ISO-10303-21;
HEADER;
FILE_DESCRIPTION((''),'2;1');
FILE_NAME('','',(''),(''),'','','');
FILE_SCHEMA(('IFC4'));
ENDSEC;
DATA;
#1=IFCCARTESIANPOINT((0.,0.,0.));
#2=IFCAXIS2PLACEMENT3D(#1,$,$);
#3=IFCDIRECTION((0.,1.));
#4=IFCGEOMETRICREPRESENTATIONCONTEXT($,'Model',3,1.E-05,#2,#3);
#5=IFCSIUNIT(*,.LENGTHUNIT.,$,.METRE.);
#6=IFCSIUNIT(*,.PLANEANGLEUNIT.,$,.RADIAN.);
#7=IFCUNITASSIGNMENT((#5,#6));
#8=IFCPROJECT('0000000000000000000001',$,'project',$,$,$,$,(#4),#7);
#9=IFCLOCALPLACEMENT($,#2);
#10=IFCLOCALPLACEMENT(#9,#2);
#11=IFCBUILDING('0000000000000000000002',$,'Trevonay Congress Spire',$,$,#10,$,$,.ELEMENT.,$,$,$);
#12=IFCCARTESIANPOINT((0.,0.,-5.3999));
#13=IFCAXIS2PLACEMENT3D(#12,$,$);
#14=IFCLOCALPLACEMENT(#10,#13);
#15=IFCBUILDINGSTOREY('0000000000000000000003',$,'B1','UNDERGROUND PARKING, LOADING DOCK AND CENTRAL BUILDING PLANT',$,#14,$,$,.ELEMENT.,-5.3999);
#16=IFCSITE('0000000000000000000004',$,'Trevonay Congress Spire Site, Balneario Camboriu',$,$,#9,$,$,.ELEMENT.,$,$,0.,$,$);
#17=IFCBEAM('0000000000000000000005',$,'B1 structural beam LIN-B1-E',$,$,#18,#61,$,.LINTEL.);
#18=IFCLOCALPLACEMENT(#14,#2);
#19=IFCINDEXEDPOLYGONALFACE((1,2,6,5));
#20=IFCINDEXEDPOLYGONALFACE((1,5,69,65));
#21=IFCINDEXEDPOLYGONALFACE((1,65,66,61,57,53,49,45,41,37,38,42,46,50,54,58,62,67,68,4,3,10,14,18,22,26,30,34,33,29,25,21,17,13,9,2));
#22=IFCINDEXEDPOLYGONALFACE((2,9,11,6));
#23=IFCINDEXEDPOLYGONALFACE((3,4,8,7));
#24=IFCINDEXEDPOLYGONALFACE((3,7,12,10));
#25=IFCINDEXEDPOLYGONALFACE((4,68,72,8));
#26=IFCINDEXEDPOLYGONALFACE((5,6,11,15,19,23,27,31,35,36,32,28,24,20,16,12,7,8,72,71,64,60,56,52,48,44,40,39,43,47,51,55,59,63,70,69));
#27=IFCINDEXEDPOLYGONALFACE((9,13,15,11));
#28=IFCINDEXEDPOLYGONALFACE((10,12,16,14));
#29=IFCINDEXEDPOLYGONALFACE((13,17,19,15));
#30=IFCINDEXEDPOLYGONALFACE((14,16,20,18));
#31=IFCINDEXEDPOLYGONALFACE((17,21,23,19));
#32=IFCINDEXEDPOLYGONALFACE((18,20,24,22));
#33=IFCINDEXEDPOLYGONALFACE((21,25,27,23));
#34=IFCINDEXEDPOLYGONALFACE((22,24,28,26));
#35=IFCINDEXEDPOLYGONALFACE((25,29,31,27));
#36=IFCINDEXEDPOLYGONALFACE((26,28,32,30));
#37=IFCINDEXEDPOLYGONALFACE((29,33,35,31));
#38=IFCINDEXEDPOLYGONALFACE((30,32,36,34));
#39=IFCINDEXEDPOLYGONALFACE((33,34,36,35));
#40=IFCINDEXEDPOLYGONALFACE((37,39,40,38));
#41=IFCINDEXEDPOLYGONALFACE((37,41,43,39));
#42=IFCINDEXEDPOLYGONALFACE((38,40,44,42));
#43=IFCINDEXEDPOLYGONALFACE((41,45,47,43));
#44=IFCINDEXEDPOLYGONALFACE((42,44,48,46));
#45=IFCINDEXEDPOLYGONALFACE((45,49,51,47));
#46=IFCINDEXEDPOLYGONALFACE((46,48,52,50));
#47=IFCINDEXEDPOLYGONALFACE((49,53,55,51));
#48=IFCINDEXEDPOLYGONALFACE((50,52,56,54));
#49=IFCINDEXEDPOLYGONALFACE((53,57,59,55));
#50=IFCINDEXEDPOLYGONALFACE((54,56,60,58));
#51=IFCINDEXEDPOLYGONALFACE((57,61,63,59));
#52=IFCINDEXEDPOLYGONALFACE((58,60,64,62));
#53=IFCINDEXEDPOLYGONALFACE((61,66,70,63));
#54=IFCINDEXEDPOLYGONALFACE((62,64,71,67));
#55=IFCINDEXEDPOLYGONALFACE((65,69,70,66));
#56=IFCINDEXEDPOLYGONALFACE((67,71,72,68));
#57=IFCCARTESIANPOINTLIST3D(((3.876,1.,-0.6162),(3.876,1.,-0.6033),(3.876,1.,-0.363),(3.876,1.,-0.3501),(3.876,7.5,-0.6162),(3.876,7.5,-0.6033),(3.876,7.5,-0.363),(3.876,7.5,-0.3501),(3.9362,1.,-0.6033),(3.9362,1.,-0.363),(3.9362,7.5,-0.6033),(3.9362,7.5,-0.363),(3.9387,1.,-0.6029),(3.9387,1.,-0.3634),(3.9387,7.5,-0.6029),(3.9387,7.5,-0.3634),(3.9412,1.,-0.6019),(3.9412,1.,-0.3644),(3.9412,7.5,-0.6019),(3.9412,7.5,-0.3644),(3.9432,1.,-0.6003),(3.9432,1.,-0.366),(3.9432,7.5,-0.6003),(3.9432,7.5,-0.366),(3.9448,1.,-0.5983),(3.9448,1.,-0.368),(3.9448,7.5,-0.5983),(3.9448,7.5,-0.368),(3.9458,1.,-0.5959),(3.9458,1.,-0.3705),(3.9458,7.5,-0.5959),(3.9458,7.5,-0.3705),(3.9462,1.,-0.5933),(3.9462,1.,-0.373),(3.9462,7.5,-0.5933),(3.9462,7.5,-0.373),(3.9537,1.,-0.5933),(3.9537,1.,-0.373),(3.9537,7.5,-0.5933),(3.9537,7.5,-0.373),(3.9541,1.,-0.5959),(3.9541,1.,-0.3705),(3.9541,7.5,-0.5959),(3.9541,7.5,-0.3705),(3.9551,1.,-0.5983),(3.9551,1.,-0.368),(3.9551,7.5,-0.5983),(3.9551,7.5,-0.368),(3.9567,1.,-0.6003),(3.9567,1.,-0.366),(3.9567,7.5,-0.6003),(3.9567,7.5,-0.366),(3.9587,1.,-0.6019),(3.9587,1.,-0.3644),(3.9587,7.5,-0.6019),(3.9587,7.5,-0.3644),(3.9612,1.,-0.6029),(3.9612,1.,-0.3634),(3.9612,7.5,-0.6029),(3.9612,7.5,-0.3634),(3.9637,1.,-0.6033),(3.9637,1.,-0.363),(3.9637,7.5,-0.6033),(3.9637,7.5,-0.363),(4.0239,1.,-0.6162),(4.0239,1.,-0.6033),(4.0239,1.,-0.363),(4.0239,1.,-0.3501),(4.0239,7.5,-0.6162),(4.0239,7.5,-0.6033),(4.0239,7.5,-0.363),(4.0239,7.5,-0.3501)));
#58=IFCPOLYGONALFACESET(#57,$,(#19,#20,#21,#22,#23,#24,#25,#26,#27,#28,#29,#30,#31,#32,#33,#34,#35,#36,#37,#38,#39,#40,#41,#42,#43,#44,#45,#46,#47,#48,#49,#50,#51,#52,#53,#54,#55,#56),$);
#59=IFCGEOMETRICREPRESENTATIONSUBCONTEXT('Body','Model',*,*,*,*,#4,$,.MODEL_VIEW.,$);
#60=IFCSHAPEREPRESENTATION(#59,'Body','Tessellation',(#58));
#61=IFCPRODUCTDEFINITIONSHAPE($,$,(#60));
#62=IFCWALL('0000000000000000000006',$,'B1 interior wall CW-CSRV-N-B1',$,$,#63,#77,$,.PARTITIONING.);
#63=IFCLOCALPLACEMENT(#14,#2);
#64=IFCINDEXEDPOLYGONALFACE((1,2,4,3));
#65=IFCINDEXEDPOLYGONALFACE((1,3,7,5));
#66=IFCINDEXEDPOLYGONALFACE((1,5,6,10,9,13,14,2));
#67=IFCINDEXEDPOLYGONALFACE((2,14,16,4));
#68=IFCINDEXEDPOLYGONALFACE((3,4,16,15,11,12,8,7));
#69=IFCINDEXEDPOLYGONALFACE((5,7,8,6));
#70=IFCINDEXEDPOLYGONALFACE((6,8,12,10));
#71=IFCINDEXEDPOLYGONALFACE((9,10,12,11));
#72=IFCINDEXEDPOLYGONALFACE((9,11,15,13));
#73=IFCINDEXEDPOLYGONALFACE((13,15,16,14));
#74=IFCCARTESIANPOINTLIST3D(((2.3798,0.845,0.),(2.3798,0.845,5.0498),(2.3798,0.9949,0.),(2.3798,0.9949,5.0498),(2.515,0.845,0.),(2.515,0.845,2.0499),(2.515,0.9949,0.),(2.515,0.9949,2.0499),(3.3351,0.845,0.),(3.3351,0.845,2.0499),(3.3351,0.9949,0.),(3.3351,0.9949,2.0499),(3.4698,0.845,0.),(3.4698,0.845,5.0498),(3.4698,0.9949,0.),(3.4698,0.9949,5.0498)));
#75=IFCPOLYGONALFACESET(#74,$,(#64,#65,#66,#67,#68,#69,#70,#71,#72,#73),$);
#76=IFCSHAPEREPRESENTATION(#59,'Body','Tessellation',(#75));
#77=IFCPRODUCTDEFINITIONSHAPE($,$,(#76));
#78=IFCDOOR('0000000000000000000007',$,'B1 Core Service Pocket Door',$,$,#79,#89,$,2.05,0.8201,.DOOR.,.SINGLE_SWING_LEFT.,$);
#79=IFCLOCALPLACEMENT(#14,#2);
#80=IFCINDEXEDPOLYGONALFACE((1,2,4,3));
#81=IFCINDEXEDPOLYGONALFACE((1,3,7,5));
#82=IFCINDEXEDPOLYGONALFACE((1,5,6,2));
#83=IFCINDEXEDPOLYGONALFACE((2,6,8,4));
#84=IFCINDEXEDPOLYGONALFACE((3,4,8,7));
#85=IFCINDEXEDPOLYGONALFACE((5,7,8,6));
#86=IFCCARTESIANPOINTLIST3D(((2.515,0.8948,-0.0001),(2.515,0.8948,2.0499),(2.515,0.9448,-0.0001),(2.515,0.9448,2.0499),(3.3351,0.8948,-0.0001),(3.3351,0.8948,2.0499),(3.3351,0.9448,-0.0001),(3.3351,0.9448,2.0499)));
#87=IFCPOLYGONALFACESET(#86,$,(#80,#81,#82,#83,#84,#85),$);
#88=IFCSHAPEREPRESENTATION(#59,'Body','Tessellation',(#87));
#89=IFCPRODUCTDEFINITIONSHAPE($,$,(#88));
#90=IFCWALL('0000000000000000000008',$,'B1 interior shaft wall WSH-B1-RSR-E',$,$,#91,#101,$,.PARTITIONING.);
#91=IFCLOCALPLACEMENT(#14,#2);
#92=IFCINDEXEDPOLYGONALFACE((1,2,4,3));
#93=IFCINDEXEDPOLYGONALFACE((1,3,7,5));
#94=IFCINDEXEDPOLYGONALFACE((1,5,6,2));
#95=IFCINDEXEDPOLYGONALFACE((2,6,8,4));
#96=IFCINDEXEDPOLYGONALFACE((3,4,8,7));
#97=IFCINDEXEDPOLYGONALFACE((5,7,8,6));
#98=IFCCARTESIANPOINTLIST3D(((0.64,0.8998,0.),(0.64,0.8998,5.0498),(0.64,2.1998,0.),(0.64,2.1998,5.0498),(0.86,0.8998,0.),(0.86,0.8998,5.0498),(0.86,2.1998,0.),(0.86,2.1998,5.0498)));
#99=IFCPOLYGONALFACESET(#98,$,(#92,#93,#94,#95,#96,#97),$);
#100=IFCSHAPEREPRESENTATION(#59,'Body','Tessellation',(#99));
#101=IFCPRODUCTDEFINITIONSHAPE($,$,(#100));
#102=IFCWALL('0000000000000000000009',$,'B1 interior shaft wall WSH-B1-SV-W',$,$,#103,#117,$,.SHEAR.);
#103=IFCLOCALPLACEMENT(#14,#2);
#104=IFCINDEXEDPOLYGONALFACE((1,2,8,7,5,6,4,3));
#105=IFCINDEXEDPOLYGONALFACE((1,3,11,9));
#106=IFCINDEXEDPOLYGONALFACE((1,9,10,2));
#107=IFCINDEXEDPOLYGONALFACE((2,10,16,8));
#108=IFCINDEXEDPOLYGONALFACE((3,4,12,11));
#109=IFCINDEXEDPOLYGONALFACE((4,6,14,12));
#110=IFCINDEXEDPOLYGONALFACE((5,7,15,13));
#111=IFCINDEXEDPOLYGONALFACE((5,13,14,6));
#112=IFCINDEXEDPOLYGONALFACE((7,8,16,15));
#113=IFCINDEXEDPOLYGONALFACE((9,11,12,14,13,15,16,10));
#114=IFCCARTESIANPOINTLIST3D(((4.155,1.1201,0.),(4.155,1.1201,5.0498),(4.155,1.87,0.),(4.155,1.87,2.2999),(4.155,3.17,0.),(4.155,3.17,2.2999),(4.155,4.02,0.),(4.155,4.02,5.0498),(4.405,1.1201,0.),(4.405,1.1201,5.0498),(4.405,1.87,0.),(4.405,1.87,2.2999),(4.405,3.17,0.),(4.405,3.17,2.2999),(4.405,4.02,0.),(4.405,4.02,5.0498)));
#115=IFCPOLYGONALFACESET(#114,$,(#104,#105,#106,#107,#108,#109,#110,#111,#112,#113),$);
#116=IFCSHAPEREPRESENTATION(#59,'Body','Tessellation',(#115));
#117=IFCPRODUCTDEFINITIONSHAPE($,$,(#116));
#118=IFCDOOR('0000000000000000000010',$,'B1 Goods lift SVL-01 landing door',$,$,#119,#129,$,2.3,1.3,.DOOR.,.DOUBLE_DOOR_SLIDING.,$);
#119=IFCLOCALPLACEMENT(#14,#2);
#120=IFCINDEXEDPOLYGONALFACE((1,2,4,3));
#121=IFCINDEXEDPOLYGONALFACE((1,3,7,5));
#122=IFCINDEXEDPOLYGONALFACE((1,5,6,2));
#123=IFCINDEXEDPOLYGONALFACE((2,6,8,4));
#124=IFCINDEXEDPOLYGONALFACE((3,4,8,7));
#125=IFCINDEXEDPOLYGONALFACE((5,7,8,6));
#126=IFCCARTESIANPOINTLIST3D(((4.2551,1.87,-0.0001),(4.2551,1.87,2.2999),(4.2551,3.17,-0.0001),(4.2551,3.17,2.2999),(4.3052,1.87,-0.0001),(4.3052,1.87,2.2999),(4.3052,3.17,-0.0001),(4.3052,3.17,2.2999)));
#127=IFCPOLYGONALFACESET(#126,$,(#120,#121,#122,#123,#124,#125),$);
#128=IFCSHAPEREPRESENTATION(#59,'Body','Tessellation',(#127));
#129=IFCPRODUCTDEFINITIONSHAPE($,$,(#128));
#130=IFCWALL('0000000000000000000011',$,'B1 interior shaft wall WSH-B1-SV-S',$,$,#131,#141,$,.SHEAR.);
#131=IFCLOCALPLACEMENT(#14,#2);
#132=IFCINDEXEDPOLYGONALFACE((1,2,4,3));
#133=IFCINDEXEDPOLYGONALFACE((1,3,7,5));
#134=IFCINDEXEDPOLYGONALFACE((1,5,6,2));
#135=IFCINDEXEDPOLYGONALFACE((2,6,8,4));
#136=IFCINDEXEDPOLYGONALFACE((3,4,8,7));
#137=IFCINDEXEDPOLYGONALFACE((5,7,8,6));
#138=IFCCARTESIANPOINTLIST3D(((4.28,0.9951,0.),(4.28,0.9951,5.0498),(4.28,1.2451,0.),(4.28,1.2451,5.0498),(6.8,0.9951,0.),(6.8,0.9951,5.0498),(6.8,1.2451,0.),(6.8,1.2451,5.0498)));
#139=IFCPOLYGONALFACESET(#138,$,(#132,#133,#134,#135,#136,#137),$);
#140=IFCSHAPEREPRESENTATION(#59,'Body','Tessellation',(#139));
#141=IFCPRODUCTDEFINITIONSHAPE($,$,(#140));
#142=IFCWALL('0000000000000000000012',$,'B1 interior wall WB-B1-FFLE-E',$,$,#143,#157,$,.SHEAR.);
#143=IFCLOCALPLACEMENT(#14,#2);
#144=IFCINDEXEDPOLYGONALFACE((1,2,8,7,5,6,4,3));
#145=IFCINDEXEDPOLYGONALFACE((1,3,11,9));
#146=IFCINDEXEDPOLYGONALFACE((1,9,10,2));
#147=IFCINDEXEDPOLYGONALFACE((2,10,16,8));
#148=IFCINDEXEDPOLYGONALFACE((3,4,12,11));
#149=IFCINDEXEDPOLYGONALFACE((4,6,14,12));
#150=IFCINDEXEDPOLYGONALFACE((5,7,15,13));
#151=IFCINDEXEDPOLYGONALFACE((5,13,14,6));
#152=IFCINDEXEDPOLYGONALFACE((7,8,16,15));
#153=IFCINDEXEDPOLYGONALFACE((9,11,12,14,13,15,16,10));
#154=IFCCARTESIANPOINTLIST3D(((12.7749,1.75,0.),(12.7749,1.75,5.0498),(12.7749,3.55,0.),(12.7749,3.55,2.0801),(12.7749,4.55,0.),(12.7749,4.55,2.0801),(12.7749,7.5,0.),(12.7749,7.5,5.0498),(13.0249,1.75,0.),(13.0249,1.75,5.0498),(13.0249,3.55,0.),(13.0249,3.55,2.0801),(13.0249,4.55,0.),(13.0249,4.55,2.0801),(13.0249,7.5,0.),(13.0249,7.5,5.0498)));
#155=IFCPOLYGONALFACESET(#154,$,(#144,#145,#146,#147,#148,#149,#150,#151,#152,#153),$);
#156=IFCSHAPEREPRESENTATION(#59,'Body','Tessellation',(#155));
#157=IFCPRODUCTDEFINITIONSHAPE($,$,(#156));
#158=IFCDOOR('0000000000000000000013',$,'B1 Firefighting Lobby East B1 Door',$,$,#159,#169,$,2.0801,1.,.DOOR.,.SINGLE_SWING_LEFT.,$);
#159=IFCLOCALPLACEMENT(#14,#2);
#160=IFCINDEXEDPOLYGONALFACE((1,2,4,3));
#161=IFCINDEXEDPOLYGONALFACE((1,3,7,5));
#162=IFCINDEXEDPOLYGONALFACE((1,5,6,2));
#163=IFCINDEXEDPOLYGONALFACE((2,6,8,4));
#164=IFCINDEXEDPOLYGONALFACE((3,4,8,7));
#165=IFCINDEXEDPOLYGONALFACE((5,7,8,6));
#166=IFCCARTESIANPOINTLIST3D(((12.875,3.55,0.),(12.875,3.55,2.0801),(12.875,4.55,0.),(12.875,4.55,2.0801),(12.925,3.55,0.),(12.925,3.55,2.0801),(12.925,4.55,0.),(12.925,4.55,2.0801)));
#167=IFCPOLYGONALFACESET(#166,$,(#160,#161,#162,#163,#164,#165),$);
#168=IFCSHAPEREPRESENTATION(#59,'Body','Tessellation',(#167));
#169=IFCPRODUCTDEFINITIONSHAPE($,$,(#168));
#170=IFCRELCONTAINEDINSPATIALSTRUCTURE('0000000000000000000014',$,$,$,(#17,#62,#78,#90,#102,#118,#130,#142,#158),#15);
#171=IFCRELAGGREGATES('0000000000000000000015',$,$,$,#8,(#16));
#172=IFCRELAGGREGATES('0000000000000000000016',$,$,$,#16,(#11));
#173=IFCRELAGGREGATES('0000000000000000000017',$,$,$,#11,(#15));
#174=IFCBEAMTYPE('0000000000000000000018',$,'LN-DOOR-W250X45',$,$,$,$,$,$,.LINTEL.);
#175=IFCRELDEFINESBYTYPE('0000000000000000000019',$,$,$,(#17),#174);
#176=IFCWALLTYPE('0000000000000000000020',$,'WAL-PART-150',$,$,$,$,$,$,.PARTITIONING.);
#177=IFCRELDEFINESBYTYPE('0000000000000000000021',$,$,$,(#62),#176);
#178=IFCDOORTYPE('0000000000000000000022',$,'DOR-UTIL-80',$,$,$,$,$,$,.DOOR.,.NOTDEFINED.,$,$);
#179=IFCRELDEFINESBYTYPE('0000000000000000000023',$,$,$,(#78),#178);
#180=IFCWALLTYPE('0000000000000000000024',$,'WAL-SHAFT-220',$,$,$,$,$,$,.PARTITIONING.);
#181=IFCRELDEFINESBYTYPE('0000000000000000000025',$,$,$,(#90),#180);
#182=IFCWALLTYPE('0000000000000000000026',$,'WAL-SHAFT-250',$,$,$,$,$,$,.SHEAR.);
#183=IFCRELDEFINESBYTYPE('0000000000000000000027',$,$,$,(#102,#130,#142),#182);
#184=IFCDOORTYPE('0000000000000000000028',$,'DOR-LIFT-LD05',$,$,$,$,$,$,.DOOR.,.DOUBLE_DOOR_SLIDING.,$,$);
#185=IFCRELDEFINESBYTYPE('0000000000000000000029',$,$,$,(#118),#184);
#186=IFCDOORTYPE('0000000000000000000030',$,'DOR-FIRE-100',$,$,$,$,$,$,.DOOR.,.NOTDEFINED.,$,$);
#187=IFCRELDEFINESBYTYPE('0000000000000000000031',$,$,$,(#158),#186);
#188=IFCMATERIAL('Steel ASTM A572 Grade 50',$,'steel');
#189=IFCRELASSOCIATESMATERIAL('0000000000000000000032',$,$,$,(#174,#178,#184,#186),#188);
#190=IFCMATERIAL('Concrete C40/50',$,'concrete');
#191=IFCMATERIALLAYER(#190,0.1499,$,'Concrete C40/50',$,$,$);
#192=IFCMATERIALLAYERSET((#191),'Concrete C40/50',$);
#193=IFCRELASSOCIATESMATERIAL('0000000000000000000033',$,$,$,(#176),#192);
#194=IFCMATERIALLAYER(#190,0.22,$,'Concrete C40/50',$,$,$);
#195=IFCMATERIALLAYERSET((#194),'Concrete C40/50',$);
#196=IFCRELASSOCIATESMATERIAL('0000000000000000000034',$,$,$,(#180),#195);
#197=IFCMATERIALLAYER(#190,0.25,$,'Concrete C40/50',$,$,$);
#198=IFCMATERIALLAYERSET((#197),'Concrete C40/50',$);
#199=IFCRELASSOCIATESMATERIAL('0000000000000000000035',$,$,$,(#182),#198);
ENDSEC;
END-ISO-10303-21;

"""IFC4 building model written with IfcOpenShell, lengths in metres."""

from ifc_helpers import new_model, si_unit, direction, frame, frame_2d, origin, origin_2d, place, context, subcontext, project, spatial, rectangle, i_section, extrude, material, layer, layer_set, material_profile, profile_set, type_object, element, fill, save


model = new_model("IFC4")

# Units and contexts
model_context = context("Model", 3, precision=1e-05, world=origin(), true_north=direction((0.0, 1.0)))
body_context = subcontext(model_context, "Body", "Model", "MODEL_VIEW")
ifc_project = project(units=[si_unit("LENGTHUNIT", "METRE"), si_unit("PLANEANGLEUNIT", "RADIAN")], contexts=[model_context])

# Site, building, storey
site_placement = place(None, origin())
site = spatial("IfcSite", under=ifc_project, at=site_placement, Name="Trevonay Congress Spire Site, Balneario Camboriu", CompositionType="ELEMENT", RefElevation=0.0)
building_placement = place(site_placement, origin())
building = spatial("IfcBuilding", under=site, at=building_placement, Name="Trevonay Congress Spire", CompositionType="ELEMENT")
storey_placement = place(building_placement, frame((0.0, 0.0, -5.3999)))
storey = spatial("IfcBuildingStorey", under=building, at=storey_placement, Name="B1", Description="UNDERGROUND PARKING, LOADING DOCK AND CENTRAL BUILDING PLANT", CompositionType="ELEMENT", Elevation=-5.3999)

# Shared definitions
ifc_material_1 = material(Name="Steel ASTM A572 Grade 50", Category="steel")

# Beam
ifc_material_profile_1 = material_profile(ifc_material_1, i_section(OverallWidth=0.1479, OverallDepth=0.2661, WebThickness=0.0076, FlangeThickness=0.0129, FilletRadius=0.01, at=origin_2d()), Name="W250x44.8")
ifc_profile_set_1 = profile_set([ifc_material_profile_1], Name="Steel ASTM A572 Grade 50")
beam_type_1 = type_object("IfcBeamType", Name="LN-DOOR-W250X45", PredefinedType="LINTEL", material=ifc_profile_set_1)
beam_1_placement = place(storey_placement, frame((3.95, 1.0, -0.4832), z_axis=(0.0, 1.0, 0.0), x_axis=(-1.0, 0.0, 0.0)))
element("IfcBeam", 1, at=beam_1_placement, inside=storey, type_object=beam_type_1, Name="B1 structural beam LIN-B1-E", PredefinedType="LINTEL", context=body_context, shape_type="SweptSolid", body=[
    extrude(i_section(OverallWidth=0.1479, OverallDepth=0.2661, WebThickness=0.0076, FlangeThickness=0.0129, FilletRadius=0.01, at=origin_2d()), origin(), (0.0, 0.0, 1.0), 6.5),
])

# Wall, opening, door
ifc_material_2 = material(Name="Concrete C40/50", Category="concrete")
ifc_layer_1 = layer(ifc_material_2, 0.1499, Name="Concrete C40/50")
ifc_layer_set_1 = layer_set([ifc_layer_1], Name="Concrete C40/50")
wall_type_1 = type_object("IfcWallType", Name="WAL-PART-150", PredefinedType="PARTITIONING", material=ifc_layer_set_1)
wall_1_placement = place(storey_placement, frame((2.3799, 0.9199, 0.0), z_axis=(0.0, 0.0, 1.0), x_axis=(1.0, 0.0, 0.0)))
wall_1 = element("IfcWall", 2, at=wall_1_placement, inside=storey, type_object=wall_type_1, Name="B1 interior wall CW-CSRV-N-B1", PredefinedType="PARTITIONING", context=body_context, shape_type="SweptSolid", body=[
    extrude(rectangle(XDim=1.0901, YDim=0.1499, at=frame_2d((0.5449, 0.0))), origin(), (0.0, 0.0, 1.0), 5.0498),
])
opening_1_placement = place(wall_1_placement, frame((0.135, 0.0, 0.0)))
opening_1 = element("IfcOpeningElement", 3, at=opening_1_placement, cuts=wall_1, PredefinedType="OPENING", context=body_context, shape_type="SweptSolid", body=[
    extrude(rectangle(XDim=0.8201, YDim=2.05, at=frame_2d((0.4102, 1.0249))), frame((0.0, 0.085, 0.0), z_axis=(0.0, -1.0, 0.0), x_axis=(1.0, 0.0, 0.0)), (0.0, 0.0, 1.0), 0.1699),
])
door_type_1 = type_object("IfcDoorType", Name="DOR-UTIL-80", OperationType="NOTDEFINED", PredefinedType="DOOR", material=ifc_material_1)
door_1_placement = place(opening_1_placement, origin())
door_1 = element("IfcDoor", 4, at=door_1_placement, inside=storey, type_object=door_type_1, Name="B1 Core Service Pocket Door", OperationType="SINGLE_SWING_LEFT", OverallHeight=2.05, OverallWidth=0.8201, PredefinedType="DOOR", context=body_context, shape_type="SweptSolid", body=[
    extrude(rectangle(XDim=0.8201, YDim=2.05, at=frame_2d((0.4102, 1.0249))), frame((0.0, 0.0249, 0.0), z_axis=(0.0, -1.0, 0.0), x_axis=(1.0, 0.0, 0.0)), (0.0, 0.0, 1.0), 0.05),
])
fill(opening_1, door_1)

# Wall
ifc_layer_2 = layer(ifc_material_2, 0.22, Name="Concrete C40/50")
ifc_layer_set_2 = layer_set([ifc_layer_2], Name="Concrete C40/50")
wall_type_2 = type_object("IfcWallType", Name="WAL-SHAFT-220", PredefinedType="PARTITIONING", material=ifc_layer_set_2)
wall_2_placement = place(storey_placement, frame((0.75, 0.8999, 0.0), z_axis=(0.0, 0.0, 1.0), x_axis=(0.0, 1.0, 0.0)))
element("IfcWall", 5, at=wall_2_placement, inside=storey, type_object=wall_type_2, Name="B1 interior shaft wall WSH-B1-RSR-E", PredefinedType="PARTITIONING", context=body_context, shape_type="SweptSolid", body=[
    extrude(rectangle(XDim=1.3, YDim=0.22, at=frame_2d((0.6499, 0.0))), origin(), (0.0, 0.0, 1.0), 5.0498),
])

# Wall, opening, door
ifc_layer_3 = layer(ifc_material_2, 0.25, Name="Concrete C40/50")
ifc_layer_set_3 = layer_set([ifc_layer_3], Name="Concrete C40/50")
wall_type_3 = type_object("IfcWallType", Name="WAL-SHAFT-250", PredefinedType="SHEAR", material=ifc_layer_set_3)
wall_3_placement = place(storey_placement, frame((4.28, 1.1201, 0.0), z_axis=(0.0, 0.0, 1.0), x_axis=(0.0, 1.0, 0.0)))
wall_3 = element("IfcWall", 6, at=wall_3_placement, inside=storey, type_object=wall_type_3, Name="B1 interior shaft wall WSH-B1-SV-W", PredefinedType="SHEAR", context=body_context, shape_type="SweptSolid", body=[
    extrude(rectangle(XDim=2.8999, YDim=0.25, at=frame_2d((1.45, 0.0))), origin(), (0.0, 0.0, 1.0), 5.0498),
])
opening_2_placement = place(wall_3_placement, frame((0.75, 0.0, 0.0)))
opening_2 = element("IfcOpeningElement", 7, at=opening_2_placement, cuts=wall_3, PredefinedType="OPENING", context=body_context, shape_type="SweptSolid", body=[
    extrude(rectangle(XDim=1.3, YDim=2.3, at=frame_2d((0.6499, 1.1499))), frame((0.0, 0.135, 0.0), z_axis=(0.0, -1.0, 0.0), x_axis=(1.0, 0.0, 0.0)), (0.0, 0.0, 1.0), 0.27),
])
door_type_2 = type_object("IfcDoorType", Name="DOR-LIFT-LD05", OperationType="DOUBLE_DOOR_SLIDING", PredefinedType="DOOR", material=ifc_material_1)
door_2_placement = place(opening_2_placement, origin())
door_2 = element("IfcDoor", 8, at=door_2_placement, inside=storey, type_object=door_type_2, Name="B1 Goods lift SVL-01 landing door", OperationType="DOUBLE_DOOR_SLIDING", OverallHeight=2.3, OverallWidth=1.3, PredefinedType="DOOR", context=body_context, shape_type="SweptSolid", body=[
    extrude(rectangle(XDim=1.3, YDim=2.3, at=frame_2d((0.6499, 1.1499))), frame((0.0, 0.0249, 0.0), z_axis=(0.0, -1.0, 0.0), x_axis=(1.0, 0.0, 0.0)), (0.0, 0.0, 1.0), 0.05),
])
fill(opening_2, door_2)

# Wall
wall_4_placement = place(storey_placement, frame((4.28, 1.1201, 0.0), z_axis=(0.0, 0.0, 1.0), x_axis=(1.0, 0.0, 0.0)))
element("IfcWall", 9, at=wall_4_placement, inside=storey, type_object=wall_type_3, Name="B1 interior shaft wall WSH-B1-SV-S", PredefinedType="SHEAR", context=body_context, shape_type="SweptSolid", body=[
    extrude(rectangle(XDim=2.52, YDim=0.25, at=frame_2d((1.26, 0.0))), origin(), (0.0, 0.0, 1.0), 5.0498),
])

# Wall, opening, door
wall_5_placement = place(storey_placement, frame((12.8999, 1.75, 0.0), z_axis=(0.0, 0.0, 1.0), x_axis=(0.0, 1.0, 0.0)))
wall_5 = element("IfcWall", 10, at=wall_5_placement, inside=storey, type_object=wall_type_3, Name="B1 interior wall WB-B1-FFLE-E", PredefinedType="SHEAR", context=body_context, shape_type="SweptSolid", body=[
    extrude(rectangle(XDim=5.75, YDim=0.25, at=frame_2d((2.875, 0.0))), origin(), (0.0, 0.0, 1.0), 5.0498),
])
opening_3_placement = place(wall_5_placement, frame((1.8, 0.0, 0.0)))
opening_3 = element("IfcOpeningElement", 11, at=opening_3_placement, cuts=wall_5, PredefinedType="OPENING", context=body_context, shape_type="SweptSolid", body=[
    extrude(rectangle(XDim=1.0, YDim=2.0801, at=frame_2d((0.5, 1.04))), frame((0.0, 0.135, 0.0), z_axis=(0.0, -1.0, 0.0), x_axis=(1.0, 0.0, 0.0)), (0.0, 0.0, 1.0), 0.27),
])
door_type_3 = type_object("IfcDoorType", Name="DOR-FIRE-100", OperationType="NOTDEFINED", PredefinedType="DOOR", material=ifc_material_1)
door_3_placement = place(opening_3_placement, origin())
door_3 = element("IfcDoor", 12, at=door_3_placement, inside=storey, type_object=door_type_3, Name="B1 Firefighting Lobby East B1 Door", OperationType="SINGLE_SWING_LEFT", OverallHeight=2.0801, OverallWidth=1.0, PredefinedType="DOOR", context=body_context, shape_type="SweptSolid", body=[
    extrude(rectangle(XDim=1.0, YDim=2.0801, at=frame_2d((0.5, 1.04))), frame((0.0, 0.0249, 0.0), z_axis=(0.0, -1.0, 0.0), x_axis=(1.0, 0.0, 0.0)), (0.0, 0.0, 1.0), 0.05),
])
fill(opening_3, door_3)

save(model, "model.ifc")
